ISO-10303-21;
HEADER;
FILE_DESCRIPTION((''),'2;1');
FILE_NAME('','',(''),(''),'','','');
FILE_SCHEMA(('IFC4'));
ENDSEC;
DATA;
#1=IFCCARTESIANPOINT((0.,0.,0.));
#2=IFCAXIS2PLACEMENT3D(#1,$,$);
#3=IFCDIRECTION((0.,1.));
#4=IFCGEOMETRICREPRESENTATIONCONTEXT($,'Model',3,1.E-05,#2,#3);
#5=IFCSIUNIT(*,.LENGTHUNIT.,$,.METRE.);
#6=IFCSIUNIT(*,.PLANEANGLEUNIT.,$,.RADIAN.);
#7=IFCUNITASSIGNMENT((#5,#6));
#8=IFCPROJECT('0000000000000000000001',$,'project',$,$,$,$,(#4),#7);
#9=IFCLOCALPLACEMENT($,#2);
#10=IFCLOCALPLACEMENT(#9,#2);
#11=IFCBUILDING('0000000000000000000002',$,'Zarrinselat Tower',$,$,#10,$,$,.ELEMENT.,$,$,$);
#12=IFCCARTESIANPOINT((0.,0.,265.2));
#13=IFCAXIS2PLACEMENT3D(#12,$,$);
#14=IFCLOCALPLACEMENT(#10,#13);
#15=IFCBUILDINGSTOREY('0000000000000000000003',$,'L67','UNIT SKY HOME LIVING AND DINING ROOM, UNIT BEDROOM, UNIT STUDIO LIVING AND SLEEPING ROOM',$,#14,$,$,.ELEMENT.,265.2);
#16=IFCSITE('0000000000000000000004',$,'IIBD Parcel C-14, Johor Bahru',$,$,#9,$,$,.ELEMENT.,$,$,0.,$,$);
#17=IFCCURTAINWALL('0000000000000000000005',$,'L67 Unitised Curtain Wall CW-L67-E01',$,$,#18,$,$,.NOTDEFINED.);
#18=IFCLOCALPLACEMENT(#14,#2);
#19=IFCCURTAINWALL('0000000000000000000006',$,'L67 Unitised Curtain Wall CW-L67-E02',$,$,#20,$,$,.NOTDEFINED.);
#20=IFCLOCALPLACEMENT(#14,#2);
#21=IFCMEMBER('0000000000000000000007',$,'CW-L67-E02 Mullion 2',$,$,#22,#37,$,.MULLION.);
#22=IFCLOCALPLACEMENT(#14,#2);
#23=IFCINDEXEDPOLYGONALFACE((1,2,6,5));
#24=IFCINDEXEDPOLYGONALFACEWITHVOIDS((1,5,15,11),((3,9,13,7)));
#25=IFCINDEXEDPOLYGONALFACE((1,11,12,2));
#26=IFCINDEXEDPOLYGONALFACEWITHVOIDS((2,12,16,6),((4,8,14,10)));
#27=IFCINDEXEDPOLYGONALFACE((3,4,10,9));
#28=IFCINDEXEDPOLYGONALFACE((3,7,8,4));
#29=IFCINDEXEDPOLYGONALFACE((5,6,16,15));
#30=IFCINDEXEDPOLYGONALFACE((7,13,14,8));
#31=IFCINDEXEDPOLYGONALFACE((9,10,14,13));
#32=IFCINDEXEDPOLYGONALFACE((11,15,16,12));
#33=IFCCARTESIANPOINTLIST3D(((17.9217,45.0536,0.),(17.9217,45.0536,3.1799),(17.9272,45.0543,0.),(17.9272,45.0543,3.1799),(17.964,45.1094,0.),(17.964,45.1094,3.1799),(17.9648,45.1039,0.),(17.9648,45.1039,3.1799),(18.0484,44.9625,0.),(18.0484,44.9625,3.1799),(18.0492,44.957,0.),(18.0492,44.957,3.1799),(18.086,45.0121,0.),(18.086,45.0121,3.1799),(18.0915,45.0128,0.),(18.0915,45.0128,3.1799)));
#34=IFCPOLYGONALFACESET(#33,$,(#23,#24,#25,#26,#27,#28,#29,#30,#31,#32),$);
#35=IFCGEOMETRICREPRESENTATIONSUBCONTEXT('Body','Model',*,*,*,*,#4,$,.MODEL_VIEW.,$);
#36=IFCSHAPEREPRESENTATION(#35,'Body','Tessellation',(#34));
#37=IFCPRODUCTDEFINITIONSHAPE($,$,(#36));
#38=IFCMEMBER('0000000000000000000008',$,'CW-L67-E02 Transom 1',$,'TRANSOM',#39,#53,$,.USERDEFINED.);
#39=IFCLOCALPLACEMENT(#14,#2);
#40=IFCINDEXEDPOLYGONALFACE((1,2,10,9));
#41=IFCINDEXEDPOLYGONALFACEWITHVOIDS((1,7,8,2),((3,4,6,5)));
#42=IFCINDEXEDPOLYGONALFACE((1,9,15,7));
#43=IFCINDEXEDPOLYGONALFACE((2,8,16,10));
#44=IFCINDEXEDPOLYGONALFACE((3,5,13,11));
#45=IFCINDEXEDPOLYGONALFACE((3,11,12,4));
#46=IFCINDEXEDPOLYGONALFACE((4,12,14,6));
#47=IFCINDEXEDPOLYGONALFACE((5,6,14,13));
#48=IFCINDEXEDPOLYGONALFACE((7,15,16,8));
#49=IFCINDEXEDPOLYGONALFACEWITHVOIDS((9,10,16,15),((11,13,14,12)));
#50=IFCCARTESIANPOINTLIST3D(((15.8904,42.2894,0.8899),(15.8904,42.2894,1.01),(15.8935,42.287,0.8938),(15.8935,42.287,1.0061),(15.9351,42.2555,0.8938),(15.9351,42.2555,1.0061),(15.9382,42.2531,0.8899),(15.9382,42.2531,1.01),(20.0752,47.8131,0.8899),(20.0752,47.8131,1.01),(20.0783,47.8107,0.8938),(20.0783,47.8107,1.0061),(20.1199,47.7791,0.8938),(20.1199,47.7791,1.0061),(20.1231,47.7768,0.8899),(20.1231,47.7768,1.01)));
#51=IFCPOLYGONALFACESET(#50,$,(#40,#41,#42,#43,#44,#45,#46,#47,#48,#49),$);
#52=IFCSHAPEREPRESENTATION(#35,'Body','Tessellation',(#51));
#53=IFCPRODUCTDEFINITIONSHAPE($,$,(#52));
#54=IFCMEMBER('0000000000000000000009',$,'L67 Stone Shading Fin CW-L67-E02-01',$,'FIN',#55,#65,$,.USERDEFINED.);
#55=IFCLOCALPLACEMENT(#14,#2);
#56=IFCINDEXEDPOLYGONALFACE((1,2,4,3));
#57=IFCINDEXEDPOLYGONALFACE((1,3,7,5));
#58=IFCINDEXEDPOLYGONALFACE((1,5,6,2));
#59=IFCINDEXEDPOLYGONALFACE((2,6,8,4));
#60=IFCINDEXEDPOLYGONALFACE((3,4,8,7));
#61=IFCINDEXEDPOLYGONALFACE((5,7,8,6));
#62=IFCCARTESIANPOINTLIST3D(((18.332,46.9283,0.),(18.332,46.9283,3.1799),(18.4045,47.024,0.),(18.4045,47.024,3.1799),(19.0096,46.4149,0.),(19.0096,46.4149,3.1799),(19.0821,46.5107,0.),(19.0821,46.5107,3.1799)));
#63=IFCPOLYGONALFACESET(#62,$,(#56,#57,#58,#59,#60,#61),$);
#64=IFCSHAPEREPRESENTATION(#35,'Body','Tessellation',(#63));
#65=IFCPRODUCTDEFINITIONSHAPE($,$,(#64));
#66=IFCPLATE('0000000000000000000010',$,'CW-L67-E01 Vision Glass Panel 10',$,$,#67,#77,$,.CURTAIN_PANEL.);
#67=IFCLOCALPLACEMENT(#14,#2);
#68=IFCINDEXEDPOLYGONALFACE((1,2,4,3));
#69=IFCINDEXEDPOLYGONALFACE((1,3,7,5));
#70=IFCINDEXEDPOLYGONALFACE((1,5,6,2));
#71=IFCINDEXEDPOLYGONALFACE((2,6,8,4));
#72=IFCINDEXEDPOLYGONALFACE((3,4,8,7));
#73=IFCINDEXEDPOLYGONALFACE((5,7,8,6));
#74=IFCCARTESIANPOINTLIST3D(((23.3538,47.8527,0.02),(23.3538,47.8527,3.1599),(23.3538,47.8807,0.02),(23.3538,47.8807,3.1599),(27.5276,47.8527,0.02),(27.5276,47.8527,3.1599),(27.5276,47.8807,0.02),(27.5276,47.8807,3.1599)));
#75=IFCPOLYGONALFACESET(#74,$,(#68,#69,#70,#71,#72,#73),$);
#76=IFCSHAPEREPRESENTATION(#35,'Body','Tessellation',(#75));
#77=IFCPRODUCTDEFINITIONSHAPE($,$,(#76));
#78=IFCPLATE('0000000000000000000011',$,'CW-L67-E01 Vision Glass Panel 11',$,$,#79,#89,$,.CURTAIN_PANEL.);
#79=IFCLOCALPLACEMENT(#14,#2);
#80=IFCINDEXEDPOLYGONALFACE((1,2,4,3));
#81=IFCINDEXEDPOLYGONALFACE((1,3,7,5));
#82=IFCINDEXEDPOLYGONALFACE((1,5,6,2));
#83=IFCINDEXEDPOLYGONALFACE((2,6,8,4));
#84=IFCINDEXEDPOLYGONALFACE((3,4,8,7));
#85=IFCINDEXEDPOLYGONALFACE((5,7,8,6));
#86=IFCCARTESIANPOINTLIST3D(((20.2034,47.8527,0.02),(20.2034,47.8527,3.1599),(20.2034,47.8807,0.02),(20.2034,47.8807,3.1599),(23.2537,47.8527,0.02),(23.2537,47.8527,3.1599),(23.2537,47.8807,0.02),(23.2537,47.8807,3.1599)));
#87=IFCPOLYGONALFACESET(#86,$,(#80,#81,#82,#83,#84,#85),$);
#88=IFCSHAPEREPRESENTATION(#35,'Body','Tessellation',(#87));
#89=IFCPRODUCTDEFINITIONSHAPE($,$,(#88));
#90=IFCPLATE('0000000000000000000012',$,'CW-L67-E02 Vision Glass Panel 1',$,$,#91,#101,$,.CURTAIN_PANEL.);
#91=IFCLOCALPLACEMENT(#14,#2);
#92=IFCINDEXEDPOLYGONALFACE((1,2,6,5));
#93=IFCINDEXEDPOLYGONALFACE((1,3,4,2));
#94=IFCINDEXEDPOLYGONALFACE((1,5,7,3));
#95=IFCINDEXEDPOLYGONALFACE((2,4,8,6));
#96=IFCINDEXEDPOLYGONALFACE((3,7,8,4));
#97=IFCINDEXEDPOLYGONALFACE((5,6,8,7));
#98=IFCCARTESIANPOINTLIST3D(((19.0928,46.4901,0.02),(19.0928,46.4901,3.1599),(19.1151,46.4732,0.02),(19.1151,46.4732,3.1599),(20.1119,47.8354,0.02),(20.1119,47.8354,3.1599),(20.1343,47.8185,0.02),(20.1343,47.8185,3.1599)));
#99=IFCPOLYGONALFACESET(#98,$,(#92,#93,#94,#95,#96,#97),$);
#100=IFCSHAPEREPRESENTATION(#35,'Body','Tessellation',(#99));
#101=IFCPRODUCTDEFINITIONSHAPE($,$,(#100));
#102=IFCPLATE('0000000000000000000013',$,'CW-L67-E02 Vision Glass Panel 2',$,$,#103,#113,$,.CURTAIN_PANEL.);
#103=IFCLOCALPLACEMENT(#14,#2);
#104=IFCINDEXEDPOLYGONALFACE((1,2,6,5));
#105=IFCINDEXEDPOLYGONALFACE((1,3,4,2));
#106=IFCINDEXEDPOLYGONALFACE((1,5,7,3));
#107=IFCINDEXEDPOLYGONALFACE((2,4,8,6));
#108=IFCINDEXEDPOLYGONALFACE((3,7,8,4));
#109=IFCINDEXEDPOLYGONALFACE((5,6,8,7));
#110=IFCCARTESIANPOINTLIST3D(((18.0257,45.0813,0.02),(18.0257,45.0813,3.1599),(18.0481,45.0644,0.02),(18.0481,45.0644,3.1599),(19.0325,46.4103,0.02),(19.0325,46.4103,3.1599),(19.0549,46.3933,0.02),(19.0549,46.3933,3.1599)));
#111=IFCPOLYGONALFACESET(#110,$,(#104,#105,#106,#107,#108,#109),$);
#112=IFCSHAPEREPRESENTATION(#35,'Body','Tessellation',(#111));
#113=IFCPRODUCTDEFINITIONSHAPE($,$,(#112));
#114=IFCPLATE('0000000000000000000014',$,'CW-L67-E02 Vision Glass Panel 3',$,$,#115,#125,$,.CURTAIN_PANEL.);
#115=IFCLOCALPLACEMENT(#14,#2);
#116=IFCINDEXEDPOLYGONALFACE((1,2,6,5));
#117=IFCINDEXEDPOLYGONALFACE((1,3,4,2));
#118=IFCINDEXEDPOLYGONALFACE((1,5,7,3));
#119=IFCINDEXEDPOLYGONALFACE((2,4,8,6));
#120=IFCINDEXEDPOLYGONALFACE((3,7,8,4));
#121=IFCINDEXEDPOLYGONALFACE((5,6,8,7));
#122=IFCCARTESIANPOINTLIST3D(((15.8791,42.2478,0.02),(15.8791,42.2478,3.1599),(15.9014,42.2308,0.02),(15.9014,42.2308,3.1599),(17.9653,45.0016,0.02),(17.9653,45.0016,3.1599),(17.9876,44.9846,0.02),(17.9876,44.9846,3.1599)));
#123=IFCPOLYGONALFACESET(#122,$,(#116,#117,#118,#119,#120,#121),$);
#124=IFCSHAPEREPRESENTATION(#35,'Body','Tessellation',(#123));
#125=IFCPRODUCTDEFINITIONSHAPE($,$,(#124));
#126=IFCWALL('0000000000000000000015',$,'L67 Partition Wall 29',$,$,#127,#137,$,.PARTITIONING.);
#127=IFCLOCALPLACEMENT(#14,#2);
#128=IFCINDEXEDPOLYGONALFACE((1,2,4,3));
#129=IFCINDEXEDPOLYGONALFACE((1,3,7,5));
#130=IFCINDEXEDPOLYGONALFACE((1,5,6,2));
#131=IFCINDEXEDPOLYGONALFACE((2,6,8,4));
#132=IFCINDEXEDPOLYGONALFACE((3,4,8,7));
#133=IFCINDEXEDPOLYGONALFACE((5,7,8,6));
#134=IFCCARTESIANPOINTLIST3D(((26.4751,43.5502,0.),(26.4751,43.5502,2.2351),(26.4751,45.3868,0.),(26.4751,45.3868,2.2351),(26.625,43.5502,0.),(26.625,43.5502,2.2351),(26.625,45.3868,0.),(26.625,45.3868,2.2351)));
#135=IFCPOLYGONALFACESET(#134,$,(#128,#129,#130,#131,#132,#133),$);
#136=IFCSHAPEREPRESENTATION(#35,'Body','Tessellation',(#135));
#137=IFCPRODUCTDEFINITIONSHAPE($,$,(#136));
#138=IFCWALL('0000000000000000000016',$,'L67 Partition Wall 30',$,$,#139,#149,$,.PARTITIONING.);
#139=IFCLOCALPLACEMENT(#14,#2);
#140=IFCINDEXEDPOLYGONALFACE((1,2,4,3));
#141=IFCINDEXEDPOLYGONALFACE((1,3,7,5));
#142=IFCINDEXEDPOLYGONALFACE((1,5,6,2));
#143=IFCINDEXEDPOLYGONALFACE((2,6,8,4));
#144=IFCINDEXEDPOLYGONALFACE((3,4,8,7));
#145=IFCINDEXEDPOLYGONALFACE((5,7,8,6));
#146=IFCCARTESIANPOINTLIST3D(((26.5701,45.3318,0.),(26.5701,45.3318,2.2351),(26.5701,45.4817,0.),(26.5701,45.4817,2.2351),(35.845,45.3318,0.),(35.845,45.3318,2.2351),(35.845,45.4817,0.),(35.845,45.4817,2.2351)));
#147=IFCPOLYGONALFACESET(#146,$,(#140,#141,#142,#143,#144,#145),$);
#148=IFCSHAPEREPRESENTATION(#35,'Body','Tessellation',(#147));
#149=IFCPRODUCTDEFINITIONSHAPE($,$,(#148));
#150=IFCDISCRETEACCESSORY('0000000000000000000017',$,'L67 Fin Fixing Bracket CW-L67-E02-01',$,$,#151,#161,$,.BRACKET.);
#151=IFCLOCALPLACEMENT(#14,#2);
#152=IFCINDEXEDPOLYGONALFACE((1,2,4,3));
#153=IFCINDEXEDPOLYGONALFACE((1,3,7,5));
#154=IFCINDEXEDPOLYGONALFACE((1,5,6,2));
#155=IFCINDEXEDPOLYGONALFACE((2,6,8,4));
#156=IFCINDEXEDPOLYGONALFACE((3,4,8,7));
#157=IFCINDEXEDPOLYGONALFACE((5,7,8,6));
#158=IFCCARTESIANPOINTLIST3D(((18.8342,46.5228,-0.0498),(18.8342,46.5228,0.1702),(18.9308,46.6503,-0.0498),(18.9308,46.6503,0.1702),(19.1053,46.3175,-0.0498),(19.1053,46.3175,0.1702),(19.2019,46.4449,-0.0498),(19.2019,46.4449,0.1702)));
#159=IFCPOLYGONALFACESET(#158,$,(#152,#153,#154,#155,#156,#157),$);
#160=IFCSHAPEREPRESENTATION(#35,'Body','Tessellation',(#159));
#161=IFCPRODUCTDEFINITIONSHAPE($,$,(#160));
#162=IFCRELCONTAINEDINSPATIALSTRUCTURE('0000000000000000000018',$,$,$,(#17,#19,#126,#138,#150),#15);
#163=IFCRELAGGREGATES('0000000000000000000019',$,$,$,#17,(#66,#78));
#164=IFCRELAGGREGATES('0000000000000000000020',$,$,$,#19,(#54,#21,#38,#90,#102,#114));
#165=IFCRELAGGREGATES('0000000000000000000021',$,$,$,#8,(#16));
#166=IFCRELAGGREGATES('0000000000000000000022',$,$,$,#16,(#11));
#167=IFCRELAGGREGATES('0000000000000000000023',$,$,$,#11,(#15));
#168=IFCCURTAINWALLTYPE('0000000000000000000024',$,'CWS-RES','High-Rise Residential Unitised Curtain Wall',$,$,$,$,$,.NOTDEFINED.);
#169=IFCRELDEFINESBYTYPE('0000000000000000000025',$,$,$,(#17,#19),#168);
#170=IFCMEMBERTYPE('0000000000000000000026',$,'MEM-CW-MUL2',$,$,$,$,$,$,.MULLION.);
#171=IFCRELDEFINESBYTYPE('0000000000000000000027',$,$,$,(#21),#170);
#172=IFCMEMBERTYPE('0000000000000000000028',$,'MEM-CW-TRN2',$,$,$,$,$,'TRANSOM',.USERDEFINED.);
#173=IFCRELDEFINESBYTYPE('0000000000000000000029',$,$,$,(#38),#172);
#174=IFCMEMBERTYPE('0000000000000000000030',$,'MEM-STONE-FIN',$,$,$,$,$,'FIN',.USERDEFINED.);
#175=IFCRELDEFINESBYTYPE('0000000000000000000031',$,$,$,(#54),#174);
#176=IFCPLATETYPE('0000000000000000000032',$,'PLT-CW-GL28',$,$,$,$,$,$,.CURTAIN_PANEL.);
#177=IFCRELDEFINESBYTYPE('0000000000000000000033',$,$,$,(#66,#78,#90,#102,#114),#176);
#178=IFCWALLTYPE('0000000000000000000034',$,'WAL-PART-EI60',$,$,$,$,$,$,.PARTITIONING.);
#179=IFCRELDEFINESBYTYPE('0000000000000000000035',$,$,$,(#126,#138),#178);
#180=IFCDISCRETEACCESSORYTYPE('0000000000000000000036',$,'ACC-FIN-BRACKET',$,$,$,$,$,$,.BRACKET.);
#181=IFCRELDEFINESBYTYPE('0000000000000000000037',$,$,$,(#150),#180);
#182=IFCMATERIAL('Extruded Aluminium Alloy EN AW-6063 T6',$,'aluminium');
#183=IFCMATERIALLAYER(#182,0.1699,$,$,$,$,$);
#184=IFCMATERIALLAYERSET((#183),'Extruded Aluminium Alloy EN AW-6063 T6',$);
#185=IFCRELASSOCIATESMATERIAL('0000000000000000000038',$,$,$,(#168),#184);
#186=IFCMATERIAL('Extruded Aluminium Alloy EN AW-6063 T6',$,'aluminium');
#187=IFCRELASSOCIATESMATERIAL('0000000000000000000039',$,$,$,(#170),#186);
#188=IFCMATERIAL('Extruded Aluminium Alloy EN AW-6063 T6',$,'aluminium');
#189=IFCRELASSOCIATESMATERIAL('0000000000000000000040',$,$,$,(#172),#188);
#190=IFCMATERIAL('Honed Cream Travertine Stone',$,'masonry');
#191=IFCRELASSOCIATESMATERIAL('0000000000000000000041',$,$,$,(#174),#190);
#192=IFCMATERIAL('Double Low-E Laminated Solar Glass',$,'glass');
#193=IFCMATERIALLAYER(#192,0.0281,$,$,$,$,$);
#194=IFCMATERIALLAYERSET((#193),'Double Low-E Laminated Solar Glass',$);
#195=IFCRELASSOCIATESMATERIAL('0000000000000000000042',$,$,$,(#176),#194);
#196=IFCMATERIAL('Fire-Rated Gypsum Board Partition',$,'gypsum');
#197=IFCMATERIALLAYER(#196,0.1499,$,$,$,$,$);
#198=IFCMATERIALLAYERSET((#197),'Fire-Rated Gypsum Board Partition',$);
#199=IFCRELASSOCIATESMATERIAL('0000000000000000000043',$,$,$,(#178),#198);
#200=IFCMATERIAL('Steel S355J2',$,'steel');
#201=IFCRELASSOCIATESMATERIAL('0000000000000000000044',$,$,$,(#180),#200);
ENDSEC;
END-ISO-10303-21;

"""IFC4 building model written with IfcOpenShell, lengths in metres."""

from ifc_helpers import new_model, si_unit, direction, frame, frame_2d, origin, origin_2d, place, context, subcontext, project, spatial, rectangle, hollow_rectangle, extrude, material, layer, layer_set, material_profile, profile_set, type_object, element, aggregate, save


model = new_model("IFC4")

# Units and contexts
model_context = context("Model", 3, precision=1e-05, world=origin(), true_north=direction((0.0, 1.0)))
body_context = subcontext(model_context, "Body", "Model", "MODEL_VIEW")
ifc_project = project(units=[si_unit("LENGTHUNIT", "METRE"), si_unit("PLANEANGLEUNIT", "RADIAN")], contexts=[model_context])

# Site, building, storey
site_placement = place(None, origin())
site = spatial("IfcSite", under=ifc_project, at=site_placement, Name="IIBD Parcel C-14, Johor Bahru", CompositionType="ELEMENT", RefElevation=0.0)
building_placement = place(site_placement, origin())
building = spatial("IfcBuilding", under=site, at=building_placement, Name="Zarrinselat Tower", CompositionType="ELEMENT")
storey_placement = place(building_placement, frame((0.0, 0.0, 265.2)))
storey = spatial("IfcBuildingStorey", under=building, at=storey_placement, Name="L67", Description="UNIT SKY HOME LIVING AND DINING ROOM, UNIT BEDROOM, UNIT STUDIO LIVING AND SLEEPING ROOM", CompositionType="ELEMENT", Elevation=265.2)

# Curtain walls, members
ifc_material_1 = material(Name="Extruded Aluminium Alloy EN AW-6063 T6", Category="aluminium")
ifc_layer_1 = layer(ifc_material_1, 0.1699)
ifc_layer_set_1 = layer_set([ifc_layer_1], Name="Extruded Aluminium Alloy EN AW-6063 T6")
curtain_wall_type = type_object("IfcCurtainWallType", Name="CWS-RES", Description="High-Rise Residential Unitised Curtain Wall", PredefinedType="NOTDEFINED", material=ifc_layer_set_1)
curtain_wall_1_placement = place(storey_placement, origin())
curtain_wall_1 = element("IfcCurtainWall", 1, at=curtain_wall_1_placement, inside=storey, type_object=curtain_wall_type, Name="L67 Unitised Curtain Wall CW-L67-E01", PredefinedType="NOTDEFINED")
ifc_material_2 = material(Name="Extruded Aluminium Alloy EN AW-6063 T6", Category="aluminium")
ifc_material_profile_1 = material_profile(ifc_material_2, hollow_rectangle(XDim=0.0701, YDim=0.1599, WallThickness=0.0039, at=origin_2d()), Name="RHS 160x70x4")
ifc_profile_set_1 = profile_set([ifc_material_profile_1], Name="Extruded Aluminium Alloy EN AW-6063 T6")
member_type_1 = type_object("IfcMemberType", Name="MEM-CW-MUL2", PredefinedType="MULLION", material=ifc_profile_set_1)
curtain_wall_2_placement = place(storey_placement, origin())
curtain_wall_2 = element("IfcCurtainWall", 2, at=curtain_wall_2_placement, inside=storey, type_object=curtain_wall_type, Name="L67 Unitised Curtain Wall CW-L67-E02", PredefinedType="NOTDEFINED")
member_1_placement = place(storey_placement, frame((18.0066, 45.0332, 0.0), z_axis=(0.0, 0.0, 1.0), x_axis=(-0.603855, -0.797094, 0.0)))
member_1 = element("IfcMember", 3, at=member_1_placement, type_object=member_type_1, Name="CW-L67-E02 Mullion 2", PredefinedType="MULLION", context=body_context, shape_type="SweptSolid", body=[
    extrude(hollow_rectangle(XDim=0.0701, YDim=0.1599, WallThickness=0.0039, at=origin_2d()), origin(), (0.0, 0.0, 1.0), 3.1799),
])
ifc_material_3 = material(Name="Extruded Aluminium Alloy EN AW-6063 T6", Category="aluminium")
ifc_material_profile_2 = material_profile(ifc_material_3, hollow_rectangle(XDim=0.0601, YDim=0.1201, WallThickness=0.0039, at=origin_2d()), Name="RHS 120x60x4")
ifc_profile_set_2 = profile_set([ifc_material_profile_2], Name="Extruded Aluminium Alloy EN AW-6063 T6")
member_type_2 = type_object("IfcMemberType", Name="MEM-CW-TRN2", ElementType="TRANSOM", PredefinedType="USERDEFINED", material=ifc_profile_set_2)
member_2_placement = place(storey_placement, frame((20.0991, 47.7949, 0.95), z_axis=(-0.603877, -0.797078, 0.0), x_axis=(0.797078, -0.603877, 0.0)))
member_2 = element("IfcMember", 4, at=member_2_placement, type_object=member_type_2, Name="CW-L67-E02 Transom 1", ObjectType="TRANSOM", PredefinedType="USERDEFINED", context=body_context, shape_type="SweptSolid", body=[
    extrude(hollow_rectangle(XDim=0.0601, YDim=0.1201, WallThickness=0.0039, at=origin_2d()), origin(), (0.0, 0.0, 1.0), 6.9299),
])
ifc_material_4 = material(Name="Honed Cream Travertine Stone", Category="masonry")
ifc_material_profile_3 = material_profile(ifc_material_4, rectangle(XDim=0.1201, YDim=0.8501, at=origin_2d()), Name="FIN 850x120")
ifc_profile_set_3 = profile_set([ifc_material_profile_3], Name="Honed Cream Travertine Stone")
member_type_3 = type_object("IfcMemberType", Name="MEM-STONE-FIN", ElementType="FIN", PredefinedType="USERDEFINED", material=ifc_profile_set_3)
member_3_placement = place(storey_placement, frame((18.707, 46.7195, 0.0), z_axis=(0.0, 0.0, 1.0), x_axis=(0.603855, 0.797094, 0.0)))
member_3 = element("IfcMember", 5, at=member_3_placement, type_object=member_type_3, Name="L67 Stone Shading Fin CW-L67-E02-01", ObjectType="FIN", PredefinedType="USERDEFINED", context=body_context, shape_type="SweptSolid", body=[
    extrude(rectangle(XDim=0.1201, YDim=0.8501, at=origin_2d()), origin(), (0.0, 0.0, 1.0), 3.1799),
])

# Plates
ifc_material_5 = material(Name="Double Low-E Laminated Solar Glass", Category="glass")
ifc_layer_2 = layer(ifc_material_5, 0.0281)
ifc_layer_set_2 = layer_set([ifc_layer_2], Name="Double Low-E Laminated Solar Glass")
plate_type = type_object("IfcPlateType", Name="PLT-CW-GL28", PredefinedType="CURTAIN_PANEL", material=ifc_layer_set_2)
plate_1_placement = place(storey_placement, frame((25.4407, 47.8667, 0.02), z_axis=(0.0, 0.0, 1.0), x_axis=(-1.0, 0.0, 0.0)))
plate_1 = element("IfcPlate", 6, at=plate_1_placement, type_object=plate_type, Name="CW-L67-E01 Vision Glass Panel 10", PredefinedType="CURTAIN_PANEL", context=body_context, shape_type="SweptSolid", body=[
    extrude(rectangle(XDim=4.1738, YDim=0.0281, at=origin_2d()), origin(), (0.0, 0.0, 1.0), 3.1399),
])
plate_2_placement = place(storey_placement, frame((21.7285, 47.8667, 0.02), z_axis=(0.0, 0.0, 1.0), x_axis=(-1.0, 0.0, 0.0)))
plate_2 = element("IfcPlate", 7, at=plate_2_placement, type_object=plate_type, Name="CW-L67-E01 Vision Glass Panel 11", PredefinedType="CURTAIN_PANEL", context=body_context, shape_type="SweptSolid", body=[
    extrude(rectangle(XDim=3.0503, YDim=0.0281, at=origin_2d()), origin(), (0.0, 0.0, 1.0), 3.1399),
])
aggregate(curtain_wall_1, [plate_1, plate_2])
plate_3_placement = place(storey_placement, frame((19.6135, 47.1543, 0.02), z_axis=(0.0, 0.0, 1.0), x_axis=(-0.603855, -0.797094, 0.0)))
plate_3 = element("IfcPlate", 8, at=plate_3_placement, type_object=plate_type, Name="CW-L67-E02 Vision Glass Panel 1", PredefinedType="CURTAIN_PANEL", context=body_context, shape_type="SweptSolid", body=[
    extrude(rectangle(XDim=1.6877, YDim=0.0281, at=origin_2d()), origin(), (0.0, 0.0, 1.0), 3.1399),
])
plate_4_placement = place(storey_placement, frame((18.5403, 45.7373, 0.02), z_axis=(0.0, 0.0, 1.0), x_axis=(-0.603855, -0.797094, 0.0)))
plate_4 = element("IfcPlate", 9, at=plate_4_placement, type_object=plate_type, Name="CW-L67-E02 Vision Glass Panel 2", PredefinedType="CURTAIN_PANEL", context=body_context, shape_type="SweptSolid", body=[
    extrude(rectangle(XDim=1.6672, YDim=0.0281, at=origin_2d()), origin(), (0.0, 0.0, 1.0), 3.1399),
])
plate_5_placement = place(storey_placement, frame((16.9333, 43.6162, 0.02), z_axis=(0.0, 0.0, 1.0), x_axis=(-0.603855, -0.797094, 0.0)))
plate_5 = element("IfcPlate", 10, at=plate_5_placement, type_object=plate_type, Name="CW-L67-E02 Vision Glass Panel 3", PredefinedType="CURTAIN_PANEL", context=body_context, shape_type="SweptSolid", body=[
    extrude(rectangle(XDim=3.4548, YDim=0.0281, at=origin_2d()), origin(), (0.0, 0.0, 1.0), 3.1399),
])
aggregate(curtain_wall_2, [member_3, member_1, member_2, plate_3, plate_4, plate_5])

# Walls
ifc_material_6 = material(Name="Fire-Rated Gypsum Board Partition", Category="gypsum")
ifc_layer_3 = layer(ifc_material_6, 0.1499)
ifc_layer_set_3 = layer_set([ifc_layer_3], Name="Fire-Rated Gypsum Board Partition")
wall_type = type_object("IfcWallType", Name="WAL-PART-EI60", PredefinedType="PARTITIONING", material=ifc_layer_set_3)
wall_1_placement = place(storey_placement, frame((26.55, 43.55, 0.0), z_axis=(0.0, 0.0, 1.0), x_axis=(0.0, 1.0, 0.0)))
element("IfcWall", 11, at=wall_1_placement, inside=storey, type_object=wall_type, Name="L67 Partition Wall 29", PredefinedType="PARTITIONING", context=body_context, shape_type="SweptSolid", body=[
    extrude(rectangle(XDim=1.8367, YDim=0.1499, at=frame_2d((0.9185, 0.0))), origin(), (0.0, 0.0, 1.0), 2.2351),
])
wall_2_placement = place(storey_placement, frame((26.5701, 45.4067, 0.0), z_axis=(0.0, 0.0, 1.0), x_axis=(1.0, 0.0, 0.0)))
element("IfcWall", 12, at=wall_2_placement, inside=storey, type_object=wall_type, Name="L67 Partition Wall 30", PredefinedType="PARTITIONING", context=body_context, shape_type="SweptSolid", body=[
    extrude(rectangle(XDim=9.2749, YDim=0.1499, at=frame_2d((4.6375, 0.0))), origin(), (0.0, 0.0, 1.0), 2.2351),
])

# Discrete accessory
ifc_material_7 = material(Name="Steel S355J2", Category="steel")
discrete_accessory_type = type_object("IfcDiscreteAccessoryType", Name="ACC-FIN-BRACKET", PredefinedType="BRACKET", material=ifc_material_7)
discrete_accessory_placement = place(storey_placement, frame((19.0181, 46.4839, -0.0498), z_axis=(0.0, 0.0, 1.0), x_axis=(-0.797094, 0.603855, 0.0)))
element("IfcDiscreteAccessory", 13, at=discrete_accessory_placement, inside=storey, type_object=discrete_accessory_type, Name="L67 Fin Fixing Bracket CW-L67-E02-01", PredefinedType="BRACKET", context=body_context, shape_type="SweptSolid", body=[
    extrude(rectangle(XDim=0.3401, YDim=0.1599, at=origin_2d()), origin(), (0.0, 0.0, 1.0), 0.22),
])

save(model, "model.ifc")
